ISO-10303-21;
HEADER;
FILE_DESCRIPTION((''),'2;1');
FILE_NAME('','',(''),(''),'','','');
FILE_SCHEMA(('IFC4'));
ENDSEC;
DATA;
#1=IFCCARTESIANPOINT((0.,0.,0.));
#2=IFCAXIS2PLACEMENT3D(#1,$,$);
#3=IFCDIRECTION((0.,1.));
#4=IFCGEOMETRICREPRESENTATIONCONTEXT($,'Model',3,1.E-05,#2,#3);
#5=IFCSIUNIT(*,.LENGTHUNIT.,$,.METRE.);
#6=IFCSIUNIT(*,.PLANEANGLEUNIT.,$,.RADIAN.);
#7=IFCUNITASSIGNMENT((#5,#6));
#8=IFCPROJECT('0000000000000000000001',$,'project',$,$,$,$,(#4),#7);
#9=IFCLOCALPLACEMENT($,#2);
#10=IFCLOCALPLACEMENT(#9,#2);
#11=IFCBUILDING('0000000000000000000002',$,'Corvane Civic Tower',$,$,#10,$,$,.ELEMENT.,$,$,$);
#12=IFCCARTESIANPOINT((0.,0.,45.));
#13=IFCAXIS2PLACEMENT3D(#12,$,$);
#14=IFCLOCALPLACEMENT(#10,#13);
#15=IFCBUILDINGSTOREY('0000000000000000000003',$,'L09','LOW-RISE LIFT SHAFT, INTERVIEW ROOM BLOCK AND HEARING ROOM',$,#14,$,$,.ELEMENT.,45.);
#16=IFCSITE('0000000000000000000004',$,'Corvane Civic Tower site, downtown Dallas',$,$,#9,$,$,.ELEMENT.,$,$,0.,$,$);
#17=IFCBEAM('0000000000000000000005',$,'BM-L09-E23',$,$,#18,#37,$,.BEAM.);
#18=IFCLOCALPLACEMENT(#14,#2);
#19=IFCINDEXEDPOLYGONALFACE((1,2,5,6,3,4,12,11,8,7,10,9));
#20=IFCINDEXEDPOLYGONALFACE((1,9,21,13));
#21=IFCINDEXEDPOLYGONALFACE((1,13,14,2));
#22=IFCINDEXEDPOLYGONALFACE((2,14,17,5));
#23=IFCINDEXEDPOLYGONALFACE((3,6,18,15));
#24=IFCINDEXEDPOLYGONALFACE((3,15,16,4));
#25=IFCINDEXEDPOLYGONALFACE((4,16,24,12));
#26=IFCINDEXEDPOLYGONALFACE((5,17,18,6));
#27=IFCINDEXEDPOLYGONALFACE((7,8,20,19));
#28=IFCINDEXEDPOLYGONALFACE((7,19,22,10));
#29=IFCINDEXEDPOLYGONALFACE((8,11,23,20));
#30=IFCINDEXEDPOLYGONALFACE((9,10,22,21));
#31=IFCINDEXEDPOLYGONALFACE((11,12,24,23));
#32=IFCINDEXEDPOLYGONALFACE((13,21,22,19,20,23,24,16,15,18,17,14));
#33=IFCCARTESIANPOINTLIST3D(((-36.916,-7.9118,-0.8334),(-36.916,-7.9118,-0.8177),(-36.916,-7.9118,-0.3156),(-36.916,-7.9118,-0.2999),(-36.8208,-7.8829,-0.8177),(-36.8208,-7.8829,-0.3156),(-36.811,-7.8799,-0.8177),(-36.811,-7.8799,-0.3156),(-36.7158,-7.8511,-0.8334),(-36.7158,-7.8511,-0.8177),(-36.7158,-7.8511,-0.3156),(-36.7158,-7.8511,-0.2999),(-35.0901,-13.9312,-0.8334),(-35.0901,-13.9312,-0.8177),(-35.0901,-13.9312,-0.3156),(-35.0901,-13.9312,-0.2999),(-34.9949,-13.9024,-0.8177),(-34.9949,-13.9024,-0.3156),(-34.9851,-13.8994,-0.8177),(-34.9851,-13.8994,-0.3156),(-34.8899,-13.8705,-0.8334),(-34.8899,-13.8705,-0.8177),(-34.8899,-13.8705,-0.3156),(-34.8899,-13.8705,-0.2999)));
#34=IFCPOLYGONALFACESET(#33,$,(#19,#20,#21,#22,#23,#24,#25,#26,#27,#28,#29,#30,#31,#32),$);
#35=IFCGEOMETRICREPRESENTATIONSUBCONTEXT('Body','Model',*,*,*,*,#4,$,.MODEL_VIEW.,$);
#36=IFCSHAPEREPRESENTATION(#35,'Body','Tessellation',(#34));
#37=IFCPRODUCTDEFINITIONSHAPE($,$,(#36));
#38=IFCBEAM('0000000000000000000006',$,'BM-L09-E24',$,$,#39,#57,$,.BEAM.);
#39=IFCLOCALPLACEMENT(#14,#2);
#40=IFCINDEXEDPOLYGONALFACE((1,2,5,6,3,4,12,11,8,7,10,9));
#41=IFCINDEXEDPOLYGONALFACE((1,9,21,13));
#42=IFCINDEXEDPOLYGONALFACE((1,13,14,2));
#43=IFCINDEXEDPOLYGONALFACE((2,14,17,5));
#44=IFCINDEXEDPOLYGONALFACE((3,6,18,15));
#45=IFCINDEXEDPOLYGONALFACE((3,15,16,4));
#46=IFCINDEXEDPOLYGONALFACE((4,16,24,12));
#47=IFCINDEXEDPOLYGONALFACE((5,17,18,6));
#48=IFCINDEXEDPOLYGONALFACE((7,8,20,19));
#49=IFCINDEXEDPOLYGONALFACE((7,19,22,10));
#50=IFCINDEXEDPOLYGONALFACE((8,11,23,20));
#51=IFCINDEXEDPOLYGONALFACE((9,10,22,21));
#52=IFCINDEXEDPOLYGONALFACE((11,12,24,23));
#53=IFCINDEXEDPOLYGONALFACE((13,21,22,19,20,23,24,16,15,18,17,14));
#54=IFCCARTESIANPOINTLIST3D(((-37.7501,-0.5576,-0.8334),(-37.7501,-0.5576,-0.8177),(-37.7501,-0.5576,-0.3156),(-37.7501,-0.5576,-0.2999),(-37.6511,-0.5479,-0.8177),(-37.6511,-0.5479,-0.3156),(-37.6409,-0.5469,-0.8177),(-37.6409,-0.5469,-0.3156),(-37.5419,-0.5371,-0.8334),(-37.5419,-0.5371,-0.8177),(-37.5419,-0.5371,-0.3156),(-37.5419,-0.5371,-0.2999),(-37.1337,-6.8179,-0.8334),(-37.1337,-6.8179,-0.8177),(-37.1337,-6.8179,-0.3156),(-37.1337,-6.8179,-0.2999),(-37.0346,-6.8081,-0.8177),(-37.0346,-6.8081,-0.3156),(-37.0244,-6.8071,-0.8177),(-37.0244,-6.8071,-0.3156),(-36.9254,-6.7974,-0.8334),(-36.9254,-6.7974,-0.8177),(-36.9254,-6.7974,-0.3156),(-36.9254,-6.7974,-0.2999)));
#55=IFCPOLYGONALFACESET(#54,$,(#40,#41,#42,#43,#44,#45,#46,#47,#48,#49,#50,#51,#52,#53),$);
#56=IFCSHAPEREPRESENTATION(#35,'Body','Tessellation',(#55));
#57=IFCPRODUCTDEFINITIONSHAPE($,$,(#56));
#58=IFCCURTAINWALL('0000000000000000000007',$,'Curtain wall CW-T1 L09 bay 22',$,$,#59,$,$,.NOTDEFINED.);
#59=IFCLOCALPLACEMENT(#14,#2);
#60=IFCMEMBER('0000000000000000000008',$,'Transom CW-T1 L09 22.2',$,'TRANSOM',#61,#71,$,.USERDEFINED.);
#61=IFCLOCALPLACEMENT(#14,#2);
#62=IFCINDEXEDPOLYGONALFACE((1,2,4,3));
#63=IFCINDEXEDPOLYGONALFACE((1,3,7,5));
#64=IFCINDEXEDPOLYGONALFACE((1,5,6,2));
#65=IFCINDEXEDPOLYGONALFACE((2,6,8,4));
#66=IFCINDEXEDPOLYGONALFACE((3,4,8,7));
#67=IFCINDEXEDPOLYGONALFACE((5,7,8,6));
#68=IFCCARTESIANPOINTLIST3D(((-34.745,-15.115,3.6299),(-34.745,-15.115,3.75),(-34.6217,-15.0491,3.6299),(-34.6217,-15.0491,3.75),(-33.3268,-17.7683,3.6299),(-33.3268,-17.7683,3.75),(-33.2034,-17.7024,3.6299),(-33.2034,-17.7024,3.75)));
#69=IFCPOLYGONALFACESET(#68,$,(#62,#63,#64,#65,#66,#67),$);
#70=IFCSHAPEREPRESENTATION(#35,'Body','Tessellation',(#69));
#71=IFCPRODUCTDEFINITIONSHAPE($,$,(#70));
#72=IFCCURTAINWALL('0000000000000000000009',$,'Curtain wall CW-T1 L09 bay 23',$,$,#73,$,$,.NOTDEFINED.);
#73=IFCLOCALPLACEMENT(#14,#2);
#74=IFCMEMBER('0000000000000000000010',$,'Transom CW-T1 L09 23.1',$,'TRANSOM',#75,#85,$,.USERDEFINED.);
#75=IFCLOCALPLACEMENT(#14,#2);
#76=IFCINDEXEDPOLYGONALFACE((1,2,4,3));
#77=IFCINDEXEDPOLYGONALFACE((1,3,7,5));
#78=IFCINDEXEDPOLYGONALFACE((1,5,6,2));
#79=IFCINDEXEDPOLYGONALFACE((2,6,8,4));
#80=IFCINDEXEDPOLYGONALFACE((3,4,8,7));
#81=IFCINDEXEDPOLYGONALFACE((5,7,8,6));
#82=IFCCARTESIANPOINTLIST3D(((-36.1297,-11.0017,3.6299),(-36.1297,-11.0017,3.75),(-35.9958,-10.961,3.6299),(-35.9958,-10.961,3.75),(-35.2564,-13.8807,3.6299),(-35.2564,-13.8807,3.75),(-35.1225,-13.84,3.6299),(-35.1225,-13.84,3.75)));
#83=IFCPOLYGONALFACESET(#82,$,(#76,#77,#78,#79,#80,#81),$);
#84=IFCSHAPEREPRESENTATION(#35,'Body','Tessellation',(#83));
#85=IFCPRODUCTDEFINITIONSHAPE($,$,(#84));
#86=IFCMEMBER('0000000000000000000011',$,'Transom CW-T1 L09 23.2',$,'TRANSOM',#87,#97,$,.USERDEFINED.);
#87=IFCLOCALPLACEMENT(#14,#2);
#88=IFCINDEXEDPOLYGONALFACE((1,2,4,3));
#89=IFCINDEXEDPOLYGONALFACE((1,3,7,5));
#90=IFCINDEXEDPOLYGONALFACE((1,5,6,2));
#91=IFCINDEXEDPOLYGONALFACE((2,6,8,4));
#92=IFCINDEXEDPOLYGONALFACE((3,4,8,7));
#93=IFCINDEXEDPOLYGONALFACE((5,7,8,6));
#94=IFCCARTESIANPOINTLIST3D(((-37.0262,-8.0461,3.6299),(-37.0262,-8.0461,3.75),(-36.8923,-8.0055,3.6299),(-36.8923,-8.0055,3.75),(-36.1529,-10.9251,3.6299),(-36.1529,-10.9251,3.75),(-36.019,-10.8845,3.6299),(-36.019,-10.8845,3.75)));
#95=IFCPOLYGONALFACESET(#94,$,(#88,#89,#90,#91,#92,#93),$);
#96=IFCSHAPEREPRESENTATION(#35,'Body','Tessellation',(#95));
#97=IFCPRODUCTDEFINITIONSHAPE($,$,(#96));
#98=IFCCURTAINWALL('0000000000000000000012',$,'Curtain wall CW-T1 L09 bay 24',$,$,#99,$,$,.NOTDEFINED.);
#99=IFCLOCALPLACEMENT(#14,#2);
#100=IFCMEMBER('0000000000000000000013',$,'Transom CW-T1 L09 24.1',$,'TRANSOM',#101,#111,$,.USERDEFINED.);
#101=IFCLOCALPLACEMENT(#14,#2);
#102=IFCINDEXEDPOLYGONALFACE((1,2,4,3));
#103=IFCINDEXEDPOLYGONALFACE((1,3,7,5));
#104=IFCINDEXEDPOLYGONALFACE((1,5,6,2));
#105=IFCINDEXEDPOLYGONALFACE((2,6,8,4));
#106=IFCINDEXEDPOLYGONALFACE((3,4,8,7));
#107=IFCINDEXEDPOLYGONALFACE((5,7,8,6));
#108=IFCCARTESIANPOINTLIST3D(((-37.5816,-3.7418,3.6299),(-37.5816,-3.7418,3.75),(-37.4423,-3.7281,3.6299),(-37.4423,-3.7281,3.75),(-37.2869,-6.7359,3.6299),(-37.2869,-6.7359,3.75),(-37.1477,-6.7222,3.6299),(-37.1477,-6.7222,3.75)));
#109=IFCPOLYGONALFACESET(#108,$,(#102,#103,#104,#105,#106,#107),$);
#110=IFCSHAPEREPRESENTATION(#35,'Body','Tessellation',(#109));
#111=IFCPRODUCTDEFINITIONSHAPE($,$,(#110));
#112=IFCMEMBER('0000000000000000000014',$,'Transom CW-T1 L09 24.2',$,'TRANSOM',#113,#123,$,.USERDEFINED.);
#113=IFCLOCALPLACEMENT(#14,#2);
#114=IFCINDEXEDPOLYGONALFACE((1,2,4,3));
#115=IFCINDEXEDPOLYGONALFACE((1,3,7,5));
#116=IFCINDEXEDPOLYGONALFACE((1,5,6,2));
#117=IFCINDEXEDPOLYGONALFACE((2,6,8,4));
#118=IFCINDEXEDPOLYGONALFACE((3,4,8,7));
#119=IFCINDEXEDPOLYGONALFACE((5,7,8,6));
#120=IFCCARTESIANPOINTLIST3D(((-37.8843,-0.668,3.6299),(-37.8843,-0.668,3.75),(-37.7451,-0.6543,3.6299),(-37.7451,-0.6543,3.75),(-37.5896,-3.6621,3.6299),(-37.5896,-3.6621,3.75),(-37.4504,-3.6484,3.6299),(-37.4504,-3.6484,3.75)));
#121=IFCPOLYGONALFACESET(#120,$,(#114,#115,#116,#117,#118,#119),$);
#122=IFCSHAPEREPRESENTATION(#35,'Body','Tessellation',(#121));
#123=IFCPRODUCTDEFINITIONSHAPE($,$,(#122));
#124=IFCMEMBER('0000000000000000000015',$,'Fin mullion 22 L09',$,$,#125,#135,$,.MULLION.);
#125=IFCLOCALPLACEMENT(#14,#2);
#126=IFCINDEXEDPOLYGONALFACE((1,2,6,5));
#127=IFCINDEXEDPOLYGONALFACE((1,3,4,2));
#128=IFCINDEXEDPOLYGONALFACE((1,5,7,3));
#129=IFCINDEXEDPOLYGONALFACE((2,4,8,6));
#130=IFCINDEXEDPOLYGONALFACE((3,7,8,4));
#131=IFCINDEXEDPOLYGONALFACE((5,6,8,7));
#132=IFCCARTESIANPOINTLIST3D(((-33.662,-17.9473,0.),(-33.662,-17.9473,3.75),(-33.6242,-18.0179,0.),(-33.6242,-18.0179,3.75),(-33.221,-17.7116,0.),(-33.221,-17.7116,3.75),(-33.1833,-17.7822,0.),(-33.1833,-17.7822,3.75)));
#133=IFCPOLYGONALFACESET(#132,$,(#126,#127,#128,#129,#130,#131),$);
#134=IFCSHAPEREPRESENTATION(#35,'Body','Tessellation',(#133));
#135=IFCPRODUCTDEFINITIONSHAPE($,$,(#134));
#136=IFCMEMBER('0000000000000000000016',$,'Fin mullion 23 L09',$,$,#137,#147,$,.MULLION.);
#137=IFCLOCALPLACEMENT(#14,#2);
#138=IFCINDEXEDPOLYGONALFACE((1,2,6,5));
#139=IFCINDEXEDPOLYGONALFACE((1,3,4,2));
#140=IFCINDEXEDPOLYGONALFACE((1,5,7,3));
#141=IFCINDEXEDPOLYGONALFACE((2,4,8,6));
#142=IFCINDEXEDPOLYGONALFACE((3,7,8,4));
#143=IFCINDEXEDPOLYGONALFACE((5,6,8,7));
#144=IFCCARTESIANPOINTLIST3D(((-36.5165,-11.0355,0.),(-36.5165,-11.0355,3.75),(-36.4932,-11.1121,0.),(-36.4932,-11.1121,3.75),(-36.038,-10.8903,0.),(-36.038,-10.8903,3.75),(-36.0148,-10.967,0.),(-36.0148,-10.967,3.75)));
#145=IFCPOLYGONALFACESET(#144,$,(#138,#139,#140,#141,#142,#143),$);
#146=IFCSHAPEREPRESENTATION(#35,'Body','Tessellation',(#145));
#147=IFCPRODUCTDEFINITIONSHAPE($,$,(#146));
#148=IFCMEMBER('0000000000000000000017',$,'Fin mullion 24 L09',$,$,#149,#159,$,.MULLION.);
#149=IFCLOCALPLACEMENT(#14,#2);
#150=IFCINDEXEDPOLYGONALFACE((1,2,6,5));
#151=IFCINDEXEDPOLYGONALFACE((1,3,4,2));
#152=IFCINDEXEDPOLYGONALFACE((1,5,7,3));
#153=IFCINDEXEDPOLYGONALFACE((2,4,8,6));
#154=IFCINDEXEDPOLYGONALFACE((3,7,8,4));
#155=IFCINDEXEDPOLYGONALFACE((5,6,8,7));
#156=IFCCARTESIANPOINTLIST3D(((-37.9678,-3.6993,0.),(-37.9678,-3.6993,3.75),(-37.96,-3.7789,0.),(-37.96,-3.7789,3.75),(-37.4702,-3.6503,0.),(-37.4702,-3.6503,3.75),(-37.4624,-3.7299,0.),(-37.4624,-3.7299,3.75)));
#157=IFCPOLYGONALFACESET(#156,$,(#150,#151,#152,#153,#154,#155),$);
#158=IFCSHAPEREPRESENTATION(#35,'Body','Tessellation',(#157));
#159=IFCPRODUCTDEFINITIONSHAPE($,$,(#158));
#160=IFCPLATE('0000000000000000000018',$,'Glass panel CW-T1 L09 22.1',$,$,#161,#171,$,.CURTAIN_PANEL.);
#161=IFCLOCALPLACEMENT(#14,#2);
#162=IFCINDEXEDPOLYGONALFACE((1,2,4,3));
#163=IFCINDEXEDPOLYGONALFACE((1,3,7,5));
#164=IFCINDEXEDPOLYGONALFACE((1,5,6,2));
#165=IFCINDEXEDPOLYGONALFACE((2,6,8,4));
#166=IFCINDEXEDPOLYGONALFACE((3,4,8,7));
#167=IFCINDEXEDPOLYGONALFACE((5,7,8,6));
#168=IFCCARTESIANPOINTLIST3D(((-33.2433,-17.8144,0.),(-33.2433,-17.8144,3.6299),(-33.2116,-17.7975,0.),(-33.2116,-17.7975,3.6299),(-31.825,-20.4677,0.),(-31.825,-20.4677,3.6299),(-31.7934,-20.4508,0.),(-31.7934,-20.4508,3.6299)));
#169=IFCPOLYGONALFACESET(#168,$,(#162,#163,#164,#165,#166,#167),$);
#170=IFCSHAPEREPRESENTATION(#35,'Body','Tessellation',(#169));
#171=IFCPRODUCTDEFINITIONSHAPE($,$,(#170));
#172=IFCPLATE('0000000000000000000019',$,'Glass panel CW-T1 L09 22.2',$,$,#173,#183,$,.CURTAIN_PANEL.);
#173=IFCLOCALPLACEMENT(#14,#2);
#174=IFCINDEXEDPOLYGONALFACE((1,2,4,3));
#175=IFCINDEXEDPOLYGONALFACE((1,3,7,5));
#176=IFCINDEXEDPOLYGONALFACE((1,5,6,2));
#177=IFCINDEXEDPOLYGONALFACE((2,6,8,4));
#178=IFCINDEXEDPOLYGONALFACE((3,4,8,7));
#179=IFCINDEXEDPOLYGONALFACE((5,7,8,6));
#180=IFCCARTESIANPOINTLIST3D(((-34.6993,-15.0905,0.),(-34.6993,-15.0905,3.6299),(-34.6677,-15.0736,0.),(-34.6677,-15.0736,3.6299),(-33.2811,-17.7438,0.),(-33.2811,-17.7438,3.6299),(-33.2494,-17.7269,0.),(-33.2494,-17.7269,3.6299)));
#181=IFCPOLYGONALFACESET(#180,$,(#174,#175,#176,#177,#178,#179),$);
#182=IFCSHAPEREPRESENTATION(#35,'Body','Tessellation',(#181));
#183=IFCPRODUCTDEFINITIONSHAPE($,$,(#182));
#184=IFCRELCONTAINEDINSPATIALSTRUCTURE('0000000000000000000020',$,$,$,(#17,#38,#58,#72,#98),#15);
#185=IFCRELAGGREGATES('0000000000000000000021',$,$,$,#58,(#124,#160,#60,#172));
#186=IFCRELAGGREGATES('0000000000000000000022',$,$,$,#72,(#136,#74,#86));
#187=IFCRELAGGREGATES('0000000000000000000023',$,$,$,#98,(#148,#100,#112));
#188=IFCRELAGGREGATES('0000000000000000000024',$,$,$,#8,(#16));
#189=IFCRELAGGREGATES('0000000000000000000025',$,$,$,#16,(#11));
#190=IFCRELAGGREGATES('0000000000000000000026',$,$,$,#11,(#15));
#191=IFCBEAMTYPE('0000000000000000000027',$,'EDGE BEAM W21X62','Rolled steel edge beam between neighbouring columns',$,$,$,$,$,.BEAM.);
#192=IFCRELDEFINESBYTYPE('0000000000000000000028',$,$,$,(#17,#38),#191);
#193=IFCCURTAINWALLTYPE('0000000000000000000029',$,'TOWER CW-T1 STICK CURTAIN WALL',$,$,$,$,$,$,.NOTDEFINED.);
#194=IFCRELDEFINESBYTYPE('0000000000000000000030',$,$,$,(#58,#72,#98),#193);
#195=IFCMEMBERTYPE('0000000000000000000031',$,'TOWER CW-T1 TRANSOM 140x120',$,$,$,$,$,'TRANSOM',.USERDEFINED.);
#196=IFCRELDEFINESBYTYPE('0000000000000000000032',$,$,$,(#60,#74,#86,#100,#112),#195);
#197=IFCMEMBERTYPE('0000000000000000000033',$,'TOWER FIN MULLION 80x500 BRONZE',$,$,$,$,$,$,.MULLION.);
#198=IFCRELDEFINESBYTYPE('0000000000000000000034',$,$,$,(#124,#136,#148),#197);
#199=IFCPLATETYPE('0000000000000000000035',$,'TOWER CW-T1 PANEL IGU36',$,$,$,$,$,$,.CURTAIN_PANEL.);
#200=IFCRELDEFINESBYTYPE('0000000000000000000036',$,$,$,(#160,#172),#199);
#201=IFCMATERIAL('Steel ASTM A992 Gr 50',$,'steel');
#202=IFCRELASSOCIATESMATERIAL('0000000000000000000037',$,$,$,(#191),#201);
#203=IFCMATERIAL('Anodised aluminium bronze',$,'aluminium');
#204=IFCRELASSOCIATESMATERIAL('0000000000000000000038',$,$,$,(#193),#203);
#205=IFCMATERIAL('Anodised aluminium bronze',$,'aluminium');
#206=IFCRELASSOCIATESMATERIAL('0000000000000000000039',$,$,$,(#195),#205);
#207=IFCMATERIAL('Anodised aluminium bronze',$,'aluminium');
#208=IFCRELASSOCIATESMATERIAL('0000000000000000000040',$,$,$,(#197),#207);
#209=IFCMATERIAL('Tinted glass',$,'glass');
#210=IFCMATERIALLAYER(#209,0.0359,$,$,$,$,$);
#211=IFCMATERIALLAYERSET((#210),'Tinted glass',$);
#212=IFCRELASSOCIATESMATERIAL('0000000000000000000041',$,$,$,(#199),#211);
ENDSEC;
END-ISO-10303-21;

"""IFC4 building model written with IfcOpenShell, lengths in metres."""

from ifc_helpers import new_model, si_unit, direction, frame, origin, origin_2d, place, context, subcontext, project, spatial, rectangle, i_section, extrude, material, layer, layer_set, material_profile, profile_set, type_object, element, aggregate, save


model = new_model("IFC4")

# Units and contexts
model_context = context("Model", 3, precision=1e-05, world=origin(), true_north=direction((0.0, 1.0)))
body_context = subcontext(model_context, "Body", "Model", "MODEL_VIEW")
ifc_project = project(units=[si_unit("LENGTHUNIT", "METRE"), si_unit("PLANEANGLEUNIT", "RADIAN")], contexts=[model_context])

# Site, building, storey
site_placement = place(None, origin())
site = spatial("IfcSite", under=ifc_project, at=site_placement, Name="Corvane Civic Tower site, downtown Dallas", CompositionType="ELEMENT", RefElevation=0.0)
building_placement = place(site_placement, origin())
building = spatial("IfcBuilding", under=site, at=building_placement, Name="Corvane Civic Tower", CompositionType="ELEMENT")
storey_placement = place(building_placement, frame((0.0, 0.0, 45.0)))
storey = spatial("IfcBuildingStorey", under=building, at=storey_placement, Name="L09", Description="LOW-RISE LIFT SHAFT, INTERVIEW ROOM BLOCK AND HEARING ROOM", CompositionType="ELEMENT", Elevation=45.0)

# Beams
ifc_material_1 = material(Name="Steel ASTM A992 Gr 50", Category="steel")
ifc_material_profile_1 = material_profile(ifc_material_1, i_section(OverallWidth=0.2092, OverallDepth=0.5334, WebThickness=0.0103, FlangeThickness=0.0156, at=origin_2d()), Name="W21X62")
ifc_profile_set_1 = profile_set([ifc_material_profile_1], Name="Steel ASTM A992 Gr 50")
beam_type = type_object("IfcBeamType", Name="EDGE BEAM W21X62", Description="Rolled steel edge beam between neighbouring columns", PredefinedType="BEAM", material=ifc_profile_set_1)
beam_1_placement = place(storey_placement, frame((-34.99, -13.9009, -0.5667), z_axis=(-0.290273, 0.956944, 0.0), x_axis=(-0.956944, -0.290273, 0.0)))
element("IfcBeam", 1, at=beam_1_placement, inside=storey, type_object=beam_type, Name="BM-L09-E23", PredefinedType="BEAM", context=body_context, shape_type="SweptSolid", body=[
    extrude(i_section(OverallWidth=0.2092, OverallDepth=0.5334, WebThickness=0.0103, FlangeThickness=0.0156, at=origin_2d()), origin(), (0.0, 0.0, 1.0), 6.2903),
])
beam_2_placement = place(storey_placement, frame((-37.0295, -6.8076, -0.5667), z_axis=(-0.097997, 0.995187, 0.0), x_axis=(-0.995187, -0.097997, 0.0)))
element("IfcBeam", 2, at=beam_2_placement, inside=storey, type_object=beam_type, Name="BM-L09-E24", PredefinedType="BEAM", context=body_context, shape_type="SweptSolid", body=[
    extrude(i_section(OverallWidth=0.2092, OverallDepth=0.5334, WebThickness=0.0103, FlangeThickness=0.0156, at=origin_2d()), origin(), (0.0, 0.0, 1.0), 6.2905),
])

# Curtain wall, member
ifc_material_2 = material(Name="Anodised aluminium bronze", Category="aluminium")
curtain_wall_type = type_object("IfcCurtainWallType", Name="TOWER CW-T1 STICK CURTAIN WALL", PredefinedType="NOTDEFINED", material=ifc_material_2)
curtain_wall_1_placement = place(storey_placement, origin())
curtain_wall_1 = element("IfcCurtainWall", 3, at=curtain_wall_1_placement, inside=storey, type_object=curtain_wall_type, Name="Curtain wall CW-T1 L09 bay 22", PredefinedType="NOTDEFINED")
ifc_material_3 = material(Name="Anodised aluminium bronze", Category="aluminium")
ifc_material_profile_2 = material_profile(ifc_material_3, rectangle(XDim=0.1399, YDim=0.1201, at=origin_2d()), Name="TOWER CW-T1 TRANSOM 140x120")
ifc_profile_set_2 = profile_set([ifc_material_profile_2], Name="Anodised aluminium bronze")
member_type_1 = type_object("IfcMemberType", Name="TOWER CW-T1 TRANSOM 140x120", ElementType="TRANSOM", PredefinedType="USERDEFINED", material=ifc_profile_set_2)
member_1_placement = place(storey_placement, frame((-33.2651, -17.7354, 3.6899), z_axis=(-0.471393, 0.881924, 0.0), x_axis=(-0.881924, -0.471393, 0.0)))
member_1 = element("IfcMember", 4, at=member_1_placement, type_object=member_type_1, Name="Transom CW-T1 L09 22.2", ObjectType="TRANSOM", PredefinedType="USERDEFINED", context=body_context, shape_type="SweptSolid", body=[
    extrude(rectangle(XDim=0.1399, YDim=0.1201, at=origin_2d()), origin(), (0.0, 0.0, 1.0), 3.0085),
])

# Curtain walls, members
curtain_wall_2_placement = place(storey_placement, origin())
curtain_wall_2 = element("IfcCurtainWall", 5, at=curtain_wall_2_placement, inside=storey, type_object=curtain_wall_type, Name="Curtain wall CW-T1 L09 bay 23", PredefinedType="NOTDEFINED")
member_2_placement = place(storey_placement, frame((-35.1895, -13.8604, 3.6899), z_axis=(-0.29028, 0.956942, 0.0), x_axis=(-0.956942, -0.29028, 0.0)))
member_2 = element("IfcMember", 6, at=member_2_placement, type_object=member_type_1, Name="Transom CW-T1 L09 23.1", ObjectType="TRANSOM", PredefinedType="USERDEFINED", context=body_context, shape_type="SweptSolid", body=[
    extrude(rectangle(XDim=0.1399, YDim=0.1201, at=origin_2d()), origin(), (0.0, 0.0, 1.0), 3.0085),
])
member_3_placement = place(storey_placement, frame((-36.0859, -10.9048, 3.6899), z_axis=(-0.29028, 0.956942, 0.0), x_axis=(-0.956942, -0.29028, 0.0)))
member_3 = element("IfcMember", 7, at=member_3_placement, type_object=member_type_1, Name="Transom CW-T1 L09 23.2", ObjectType="TRANSOM", PredefinedType="USERDEFINED", context=body_context, shape_type="SweptSolid", body=[
    extrude(rectangle(XDim=0.1399, YDim=0.1201, at=origin_2d()), origin(), (0.0, 0.0, 1.0), 3.0085),
])
curtain_wall_3_placement = place(storey_placement, origin())
curtain_wall_3 = element("IfcCurtainWall", 8, at=curtain_wall_3_placement, inside=storey, type_object=curtain_wall_type, Name="Curtain wall CW-T1 L09 bay 24", PredefinedType="NOTDEFINED")
member_4_placement = place(storey_placement, frame((-37.2173, -6.729, 3.6899), z_axis=(-0.097945, 0.995192, 0.0), x_axis=(-0.995192, -0.097945, 0.0)))
member_4 = element("IfcMember", 9, at=member_4_placement, type_object=member_type_1, Name="Transom CW-T1 L09 24.1", ObjectType="TRANSOM", PredefinedType="USERDEFINED", context=body_context, shape_type="SweptSolid", body=[
    extrude(rectangle(XDim=0.1399, YDim=0.1201, at=origin_2d()), origin(), (0.0, 0.0, 1.0), 3.0085),
])
member_5_placement = place(storey_placement, frame((-37.52, -3.6553, 3.6899), z_axis=(-0.097945, 0.995192, 0.0), x_axis=(-0.995192, -0.097945, 0.0)))
member_5 = element("IfcMember", 10, at=member_5_placement, type_object=member_type_1, Name="Transom CW-T1 L09 24.2", ObjectType="TRANSOM", PredefinedType="USERDEFINED", context=body_context, shape_type="SweptSolid", body=[
    extrude(rectangle(XDim=0.1399, YDim=0.1201, at=origin_2d()), origin(), (0.0, 0.0, 1.0), 3.0085),
])

# Members
ifc_material_4 = material(Name="Anodised aluminium bronze", Category="aluminium")
ifc_material_profile_3 = material_profile(ifc_material_4, rectangle(XDim=0.0801, YDim=0.5, at=origin_2d()), Name="TOWER FIN MULLION 80x500 BRONZE")
ifc_profile_set_3 = profile_set([ifc_material_profile_3], Name="Anodised aluminium bronze")
member_type_2 = type_object("IfcMemberType", Name="TOWER FIN MULLION 80x500 BRONZE", PredefinedType="MULLION", material=ifc_profile_set_3)
member_6_placement = place(storey_placement, frame((-33.4226, -17.8647, 0.0), z_axis=(0.0, 0.0, 1.0), x_axis=(-0.471404, 0.881918, 0.0)))
member_6 = element("IfcMember", 11, at=member_6_placement, type_object=member_type_2, Name="Fin mullion 22 L09", PredefinedType="MULLION", context=body_context, shape_type="SweptSolid", body=[
    extrude(rectangle(XDim=0.0801, YDim=0.5, at=origin_2d()), origin(), (0.0, 0.0, 1.0), 3.75),
])
member_7_placement = place(storey_placement, frame((-36.2656, -11.0012, 0.0), z_axis=(0.0, 0.0, 1.0), x_axis=(-0.290278, 0.956942, 0.0)))
member_7 = element("IfcMember", 12, at=member_7_placement, type_object=member_type_2, Name="Fin mullion 23 L09", PredefinedType="MULLION", context=body_context, shape_type="SweptSolid", body=[
    extrude(rectangle(XDim=0.0801, YDim=0.5, at=origin_2d()), origin(), (0.0, 0.0, 1.0), 3.75),
])
member_8_placement = place(storey_placement, frame((-37.7151, -3.7146, 0.0), z_axis=(0.0, 0.0, 1.0), x_axis=(-0.098006, 0.995186, 0.0)))
member_8 = element("IfcMember", 13, at=member_8_placement, type_object=member_type_2, Name="Fin mullion 24 L09", PredefinedType="MULLION", context=body_context, shape_type="SweptSolid", body=[
    extrude(rectangle(XDim=0.0801, YDim=0.5, at=origin_2d()), origin(), (0.0, 0.0, 1.0), 3.75),
])

# Plates
ifc_material_5 = material(Name="Tinted glass", Category="glass")
ifc_layer_1 = layer(ifc_material_5, 0.0359)
ifc_layer_set_1 = layer_set([ifc_layer_1], Name="Tinted glass")
plate_type = type_object("IfcPlateType", Name="TOWER CW-T1 PANEL IGU36", PredefinedType="CURTAIN_PANEL", material=ifc_layer_set_1)
plate_1_placement = place(storey_placement, frame((-32.5183, -19.1326, 0.0), z_axis=(0.0, 0.0, 1.0), x_axis=(-0.471404, 0.881918, 0.0)))
plate_1 = element("IfcPlate", 14, at=plate_1_placement, type_object=plate_type, Name="Glass panel CW-T1 L09 22.1", PredefinedType="CURTAIN_PANEL", context=body_context, shape_type="SweptSolid", body=[
    extrude(rectangle(XDim=3.0085, YDim=0.0359, at=origin_2d()), origin(), (0.0, 0.0, 1.0), 3.6299),
])
plate_2_placement = place(storey_placement, frame((-33.9744, -16.4087, 0.0), z_axis=(0.0, 0.0, 1.0), x_axis=(-0.471404, 0.881918, 0.0)))
plate_2 = element("IfcPlate", 15, at=plate_2_placement, type_object=plate_type, Name="Glass panel CW-T1 L09 22.2", PredefinedType="CURTAIN_PANEL", context=body_context, shape_type="SweptSolid", body=[
    extrude(rectangle(XDim=3.0085, YDim=0.0359, at=origin_2d()), origin(), (0.0, 0.0, 1.0), 3.6299),
])
aggregate(curtain_wall_1, [member_6, plate_1, member_1, plate_2])
aggregate(curtain_wall_2, [member_7, member_2, member_3])
aggregate(curtain_wall_3, [member_8, member_4, member_5])

save(model, "model.ifc")
